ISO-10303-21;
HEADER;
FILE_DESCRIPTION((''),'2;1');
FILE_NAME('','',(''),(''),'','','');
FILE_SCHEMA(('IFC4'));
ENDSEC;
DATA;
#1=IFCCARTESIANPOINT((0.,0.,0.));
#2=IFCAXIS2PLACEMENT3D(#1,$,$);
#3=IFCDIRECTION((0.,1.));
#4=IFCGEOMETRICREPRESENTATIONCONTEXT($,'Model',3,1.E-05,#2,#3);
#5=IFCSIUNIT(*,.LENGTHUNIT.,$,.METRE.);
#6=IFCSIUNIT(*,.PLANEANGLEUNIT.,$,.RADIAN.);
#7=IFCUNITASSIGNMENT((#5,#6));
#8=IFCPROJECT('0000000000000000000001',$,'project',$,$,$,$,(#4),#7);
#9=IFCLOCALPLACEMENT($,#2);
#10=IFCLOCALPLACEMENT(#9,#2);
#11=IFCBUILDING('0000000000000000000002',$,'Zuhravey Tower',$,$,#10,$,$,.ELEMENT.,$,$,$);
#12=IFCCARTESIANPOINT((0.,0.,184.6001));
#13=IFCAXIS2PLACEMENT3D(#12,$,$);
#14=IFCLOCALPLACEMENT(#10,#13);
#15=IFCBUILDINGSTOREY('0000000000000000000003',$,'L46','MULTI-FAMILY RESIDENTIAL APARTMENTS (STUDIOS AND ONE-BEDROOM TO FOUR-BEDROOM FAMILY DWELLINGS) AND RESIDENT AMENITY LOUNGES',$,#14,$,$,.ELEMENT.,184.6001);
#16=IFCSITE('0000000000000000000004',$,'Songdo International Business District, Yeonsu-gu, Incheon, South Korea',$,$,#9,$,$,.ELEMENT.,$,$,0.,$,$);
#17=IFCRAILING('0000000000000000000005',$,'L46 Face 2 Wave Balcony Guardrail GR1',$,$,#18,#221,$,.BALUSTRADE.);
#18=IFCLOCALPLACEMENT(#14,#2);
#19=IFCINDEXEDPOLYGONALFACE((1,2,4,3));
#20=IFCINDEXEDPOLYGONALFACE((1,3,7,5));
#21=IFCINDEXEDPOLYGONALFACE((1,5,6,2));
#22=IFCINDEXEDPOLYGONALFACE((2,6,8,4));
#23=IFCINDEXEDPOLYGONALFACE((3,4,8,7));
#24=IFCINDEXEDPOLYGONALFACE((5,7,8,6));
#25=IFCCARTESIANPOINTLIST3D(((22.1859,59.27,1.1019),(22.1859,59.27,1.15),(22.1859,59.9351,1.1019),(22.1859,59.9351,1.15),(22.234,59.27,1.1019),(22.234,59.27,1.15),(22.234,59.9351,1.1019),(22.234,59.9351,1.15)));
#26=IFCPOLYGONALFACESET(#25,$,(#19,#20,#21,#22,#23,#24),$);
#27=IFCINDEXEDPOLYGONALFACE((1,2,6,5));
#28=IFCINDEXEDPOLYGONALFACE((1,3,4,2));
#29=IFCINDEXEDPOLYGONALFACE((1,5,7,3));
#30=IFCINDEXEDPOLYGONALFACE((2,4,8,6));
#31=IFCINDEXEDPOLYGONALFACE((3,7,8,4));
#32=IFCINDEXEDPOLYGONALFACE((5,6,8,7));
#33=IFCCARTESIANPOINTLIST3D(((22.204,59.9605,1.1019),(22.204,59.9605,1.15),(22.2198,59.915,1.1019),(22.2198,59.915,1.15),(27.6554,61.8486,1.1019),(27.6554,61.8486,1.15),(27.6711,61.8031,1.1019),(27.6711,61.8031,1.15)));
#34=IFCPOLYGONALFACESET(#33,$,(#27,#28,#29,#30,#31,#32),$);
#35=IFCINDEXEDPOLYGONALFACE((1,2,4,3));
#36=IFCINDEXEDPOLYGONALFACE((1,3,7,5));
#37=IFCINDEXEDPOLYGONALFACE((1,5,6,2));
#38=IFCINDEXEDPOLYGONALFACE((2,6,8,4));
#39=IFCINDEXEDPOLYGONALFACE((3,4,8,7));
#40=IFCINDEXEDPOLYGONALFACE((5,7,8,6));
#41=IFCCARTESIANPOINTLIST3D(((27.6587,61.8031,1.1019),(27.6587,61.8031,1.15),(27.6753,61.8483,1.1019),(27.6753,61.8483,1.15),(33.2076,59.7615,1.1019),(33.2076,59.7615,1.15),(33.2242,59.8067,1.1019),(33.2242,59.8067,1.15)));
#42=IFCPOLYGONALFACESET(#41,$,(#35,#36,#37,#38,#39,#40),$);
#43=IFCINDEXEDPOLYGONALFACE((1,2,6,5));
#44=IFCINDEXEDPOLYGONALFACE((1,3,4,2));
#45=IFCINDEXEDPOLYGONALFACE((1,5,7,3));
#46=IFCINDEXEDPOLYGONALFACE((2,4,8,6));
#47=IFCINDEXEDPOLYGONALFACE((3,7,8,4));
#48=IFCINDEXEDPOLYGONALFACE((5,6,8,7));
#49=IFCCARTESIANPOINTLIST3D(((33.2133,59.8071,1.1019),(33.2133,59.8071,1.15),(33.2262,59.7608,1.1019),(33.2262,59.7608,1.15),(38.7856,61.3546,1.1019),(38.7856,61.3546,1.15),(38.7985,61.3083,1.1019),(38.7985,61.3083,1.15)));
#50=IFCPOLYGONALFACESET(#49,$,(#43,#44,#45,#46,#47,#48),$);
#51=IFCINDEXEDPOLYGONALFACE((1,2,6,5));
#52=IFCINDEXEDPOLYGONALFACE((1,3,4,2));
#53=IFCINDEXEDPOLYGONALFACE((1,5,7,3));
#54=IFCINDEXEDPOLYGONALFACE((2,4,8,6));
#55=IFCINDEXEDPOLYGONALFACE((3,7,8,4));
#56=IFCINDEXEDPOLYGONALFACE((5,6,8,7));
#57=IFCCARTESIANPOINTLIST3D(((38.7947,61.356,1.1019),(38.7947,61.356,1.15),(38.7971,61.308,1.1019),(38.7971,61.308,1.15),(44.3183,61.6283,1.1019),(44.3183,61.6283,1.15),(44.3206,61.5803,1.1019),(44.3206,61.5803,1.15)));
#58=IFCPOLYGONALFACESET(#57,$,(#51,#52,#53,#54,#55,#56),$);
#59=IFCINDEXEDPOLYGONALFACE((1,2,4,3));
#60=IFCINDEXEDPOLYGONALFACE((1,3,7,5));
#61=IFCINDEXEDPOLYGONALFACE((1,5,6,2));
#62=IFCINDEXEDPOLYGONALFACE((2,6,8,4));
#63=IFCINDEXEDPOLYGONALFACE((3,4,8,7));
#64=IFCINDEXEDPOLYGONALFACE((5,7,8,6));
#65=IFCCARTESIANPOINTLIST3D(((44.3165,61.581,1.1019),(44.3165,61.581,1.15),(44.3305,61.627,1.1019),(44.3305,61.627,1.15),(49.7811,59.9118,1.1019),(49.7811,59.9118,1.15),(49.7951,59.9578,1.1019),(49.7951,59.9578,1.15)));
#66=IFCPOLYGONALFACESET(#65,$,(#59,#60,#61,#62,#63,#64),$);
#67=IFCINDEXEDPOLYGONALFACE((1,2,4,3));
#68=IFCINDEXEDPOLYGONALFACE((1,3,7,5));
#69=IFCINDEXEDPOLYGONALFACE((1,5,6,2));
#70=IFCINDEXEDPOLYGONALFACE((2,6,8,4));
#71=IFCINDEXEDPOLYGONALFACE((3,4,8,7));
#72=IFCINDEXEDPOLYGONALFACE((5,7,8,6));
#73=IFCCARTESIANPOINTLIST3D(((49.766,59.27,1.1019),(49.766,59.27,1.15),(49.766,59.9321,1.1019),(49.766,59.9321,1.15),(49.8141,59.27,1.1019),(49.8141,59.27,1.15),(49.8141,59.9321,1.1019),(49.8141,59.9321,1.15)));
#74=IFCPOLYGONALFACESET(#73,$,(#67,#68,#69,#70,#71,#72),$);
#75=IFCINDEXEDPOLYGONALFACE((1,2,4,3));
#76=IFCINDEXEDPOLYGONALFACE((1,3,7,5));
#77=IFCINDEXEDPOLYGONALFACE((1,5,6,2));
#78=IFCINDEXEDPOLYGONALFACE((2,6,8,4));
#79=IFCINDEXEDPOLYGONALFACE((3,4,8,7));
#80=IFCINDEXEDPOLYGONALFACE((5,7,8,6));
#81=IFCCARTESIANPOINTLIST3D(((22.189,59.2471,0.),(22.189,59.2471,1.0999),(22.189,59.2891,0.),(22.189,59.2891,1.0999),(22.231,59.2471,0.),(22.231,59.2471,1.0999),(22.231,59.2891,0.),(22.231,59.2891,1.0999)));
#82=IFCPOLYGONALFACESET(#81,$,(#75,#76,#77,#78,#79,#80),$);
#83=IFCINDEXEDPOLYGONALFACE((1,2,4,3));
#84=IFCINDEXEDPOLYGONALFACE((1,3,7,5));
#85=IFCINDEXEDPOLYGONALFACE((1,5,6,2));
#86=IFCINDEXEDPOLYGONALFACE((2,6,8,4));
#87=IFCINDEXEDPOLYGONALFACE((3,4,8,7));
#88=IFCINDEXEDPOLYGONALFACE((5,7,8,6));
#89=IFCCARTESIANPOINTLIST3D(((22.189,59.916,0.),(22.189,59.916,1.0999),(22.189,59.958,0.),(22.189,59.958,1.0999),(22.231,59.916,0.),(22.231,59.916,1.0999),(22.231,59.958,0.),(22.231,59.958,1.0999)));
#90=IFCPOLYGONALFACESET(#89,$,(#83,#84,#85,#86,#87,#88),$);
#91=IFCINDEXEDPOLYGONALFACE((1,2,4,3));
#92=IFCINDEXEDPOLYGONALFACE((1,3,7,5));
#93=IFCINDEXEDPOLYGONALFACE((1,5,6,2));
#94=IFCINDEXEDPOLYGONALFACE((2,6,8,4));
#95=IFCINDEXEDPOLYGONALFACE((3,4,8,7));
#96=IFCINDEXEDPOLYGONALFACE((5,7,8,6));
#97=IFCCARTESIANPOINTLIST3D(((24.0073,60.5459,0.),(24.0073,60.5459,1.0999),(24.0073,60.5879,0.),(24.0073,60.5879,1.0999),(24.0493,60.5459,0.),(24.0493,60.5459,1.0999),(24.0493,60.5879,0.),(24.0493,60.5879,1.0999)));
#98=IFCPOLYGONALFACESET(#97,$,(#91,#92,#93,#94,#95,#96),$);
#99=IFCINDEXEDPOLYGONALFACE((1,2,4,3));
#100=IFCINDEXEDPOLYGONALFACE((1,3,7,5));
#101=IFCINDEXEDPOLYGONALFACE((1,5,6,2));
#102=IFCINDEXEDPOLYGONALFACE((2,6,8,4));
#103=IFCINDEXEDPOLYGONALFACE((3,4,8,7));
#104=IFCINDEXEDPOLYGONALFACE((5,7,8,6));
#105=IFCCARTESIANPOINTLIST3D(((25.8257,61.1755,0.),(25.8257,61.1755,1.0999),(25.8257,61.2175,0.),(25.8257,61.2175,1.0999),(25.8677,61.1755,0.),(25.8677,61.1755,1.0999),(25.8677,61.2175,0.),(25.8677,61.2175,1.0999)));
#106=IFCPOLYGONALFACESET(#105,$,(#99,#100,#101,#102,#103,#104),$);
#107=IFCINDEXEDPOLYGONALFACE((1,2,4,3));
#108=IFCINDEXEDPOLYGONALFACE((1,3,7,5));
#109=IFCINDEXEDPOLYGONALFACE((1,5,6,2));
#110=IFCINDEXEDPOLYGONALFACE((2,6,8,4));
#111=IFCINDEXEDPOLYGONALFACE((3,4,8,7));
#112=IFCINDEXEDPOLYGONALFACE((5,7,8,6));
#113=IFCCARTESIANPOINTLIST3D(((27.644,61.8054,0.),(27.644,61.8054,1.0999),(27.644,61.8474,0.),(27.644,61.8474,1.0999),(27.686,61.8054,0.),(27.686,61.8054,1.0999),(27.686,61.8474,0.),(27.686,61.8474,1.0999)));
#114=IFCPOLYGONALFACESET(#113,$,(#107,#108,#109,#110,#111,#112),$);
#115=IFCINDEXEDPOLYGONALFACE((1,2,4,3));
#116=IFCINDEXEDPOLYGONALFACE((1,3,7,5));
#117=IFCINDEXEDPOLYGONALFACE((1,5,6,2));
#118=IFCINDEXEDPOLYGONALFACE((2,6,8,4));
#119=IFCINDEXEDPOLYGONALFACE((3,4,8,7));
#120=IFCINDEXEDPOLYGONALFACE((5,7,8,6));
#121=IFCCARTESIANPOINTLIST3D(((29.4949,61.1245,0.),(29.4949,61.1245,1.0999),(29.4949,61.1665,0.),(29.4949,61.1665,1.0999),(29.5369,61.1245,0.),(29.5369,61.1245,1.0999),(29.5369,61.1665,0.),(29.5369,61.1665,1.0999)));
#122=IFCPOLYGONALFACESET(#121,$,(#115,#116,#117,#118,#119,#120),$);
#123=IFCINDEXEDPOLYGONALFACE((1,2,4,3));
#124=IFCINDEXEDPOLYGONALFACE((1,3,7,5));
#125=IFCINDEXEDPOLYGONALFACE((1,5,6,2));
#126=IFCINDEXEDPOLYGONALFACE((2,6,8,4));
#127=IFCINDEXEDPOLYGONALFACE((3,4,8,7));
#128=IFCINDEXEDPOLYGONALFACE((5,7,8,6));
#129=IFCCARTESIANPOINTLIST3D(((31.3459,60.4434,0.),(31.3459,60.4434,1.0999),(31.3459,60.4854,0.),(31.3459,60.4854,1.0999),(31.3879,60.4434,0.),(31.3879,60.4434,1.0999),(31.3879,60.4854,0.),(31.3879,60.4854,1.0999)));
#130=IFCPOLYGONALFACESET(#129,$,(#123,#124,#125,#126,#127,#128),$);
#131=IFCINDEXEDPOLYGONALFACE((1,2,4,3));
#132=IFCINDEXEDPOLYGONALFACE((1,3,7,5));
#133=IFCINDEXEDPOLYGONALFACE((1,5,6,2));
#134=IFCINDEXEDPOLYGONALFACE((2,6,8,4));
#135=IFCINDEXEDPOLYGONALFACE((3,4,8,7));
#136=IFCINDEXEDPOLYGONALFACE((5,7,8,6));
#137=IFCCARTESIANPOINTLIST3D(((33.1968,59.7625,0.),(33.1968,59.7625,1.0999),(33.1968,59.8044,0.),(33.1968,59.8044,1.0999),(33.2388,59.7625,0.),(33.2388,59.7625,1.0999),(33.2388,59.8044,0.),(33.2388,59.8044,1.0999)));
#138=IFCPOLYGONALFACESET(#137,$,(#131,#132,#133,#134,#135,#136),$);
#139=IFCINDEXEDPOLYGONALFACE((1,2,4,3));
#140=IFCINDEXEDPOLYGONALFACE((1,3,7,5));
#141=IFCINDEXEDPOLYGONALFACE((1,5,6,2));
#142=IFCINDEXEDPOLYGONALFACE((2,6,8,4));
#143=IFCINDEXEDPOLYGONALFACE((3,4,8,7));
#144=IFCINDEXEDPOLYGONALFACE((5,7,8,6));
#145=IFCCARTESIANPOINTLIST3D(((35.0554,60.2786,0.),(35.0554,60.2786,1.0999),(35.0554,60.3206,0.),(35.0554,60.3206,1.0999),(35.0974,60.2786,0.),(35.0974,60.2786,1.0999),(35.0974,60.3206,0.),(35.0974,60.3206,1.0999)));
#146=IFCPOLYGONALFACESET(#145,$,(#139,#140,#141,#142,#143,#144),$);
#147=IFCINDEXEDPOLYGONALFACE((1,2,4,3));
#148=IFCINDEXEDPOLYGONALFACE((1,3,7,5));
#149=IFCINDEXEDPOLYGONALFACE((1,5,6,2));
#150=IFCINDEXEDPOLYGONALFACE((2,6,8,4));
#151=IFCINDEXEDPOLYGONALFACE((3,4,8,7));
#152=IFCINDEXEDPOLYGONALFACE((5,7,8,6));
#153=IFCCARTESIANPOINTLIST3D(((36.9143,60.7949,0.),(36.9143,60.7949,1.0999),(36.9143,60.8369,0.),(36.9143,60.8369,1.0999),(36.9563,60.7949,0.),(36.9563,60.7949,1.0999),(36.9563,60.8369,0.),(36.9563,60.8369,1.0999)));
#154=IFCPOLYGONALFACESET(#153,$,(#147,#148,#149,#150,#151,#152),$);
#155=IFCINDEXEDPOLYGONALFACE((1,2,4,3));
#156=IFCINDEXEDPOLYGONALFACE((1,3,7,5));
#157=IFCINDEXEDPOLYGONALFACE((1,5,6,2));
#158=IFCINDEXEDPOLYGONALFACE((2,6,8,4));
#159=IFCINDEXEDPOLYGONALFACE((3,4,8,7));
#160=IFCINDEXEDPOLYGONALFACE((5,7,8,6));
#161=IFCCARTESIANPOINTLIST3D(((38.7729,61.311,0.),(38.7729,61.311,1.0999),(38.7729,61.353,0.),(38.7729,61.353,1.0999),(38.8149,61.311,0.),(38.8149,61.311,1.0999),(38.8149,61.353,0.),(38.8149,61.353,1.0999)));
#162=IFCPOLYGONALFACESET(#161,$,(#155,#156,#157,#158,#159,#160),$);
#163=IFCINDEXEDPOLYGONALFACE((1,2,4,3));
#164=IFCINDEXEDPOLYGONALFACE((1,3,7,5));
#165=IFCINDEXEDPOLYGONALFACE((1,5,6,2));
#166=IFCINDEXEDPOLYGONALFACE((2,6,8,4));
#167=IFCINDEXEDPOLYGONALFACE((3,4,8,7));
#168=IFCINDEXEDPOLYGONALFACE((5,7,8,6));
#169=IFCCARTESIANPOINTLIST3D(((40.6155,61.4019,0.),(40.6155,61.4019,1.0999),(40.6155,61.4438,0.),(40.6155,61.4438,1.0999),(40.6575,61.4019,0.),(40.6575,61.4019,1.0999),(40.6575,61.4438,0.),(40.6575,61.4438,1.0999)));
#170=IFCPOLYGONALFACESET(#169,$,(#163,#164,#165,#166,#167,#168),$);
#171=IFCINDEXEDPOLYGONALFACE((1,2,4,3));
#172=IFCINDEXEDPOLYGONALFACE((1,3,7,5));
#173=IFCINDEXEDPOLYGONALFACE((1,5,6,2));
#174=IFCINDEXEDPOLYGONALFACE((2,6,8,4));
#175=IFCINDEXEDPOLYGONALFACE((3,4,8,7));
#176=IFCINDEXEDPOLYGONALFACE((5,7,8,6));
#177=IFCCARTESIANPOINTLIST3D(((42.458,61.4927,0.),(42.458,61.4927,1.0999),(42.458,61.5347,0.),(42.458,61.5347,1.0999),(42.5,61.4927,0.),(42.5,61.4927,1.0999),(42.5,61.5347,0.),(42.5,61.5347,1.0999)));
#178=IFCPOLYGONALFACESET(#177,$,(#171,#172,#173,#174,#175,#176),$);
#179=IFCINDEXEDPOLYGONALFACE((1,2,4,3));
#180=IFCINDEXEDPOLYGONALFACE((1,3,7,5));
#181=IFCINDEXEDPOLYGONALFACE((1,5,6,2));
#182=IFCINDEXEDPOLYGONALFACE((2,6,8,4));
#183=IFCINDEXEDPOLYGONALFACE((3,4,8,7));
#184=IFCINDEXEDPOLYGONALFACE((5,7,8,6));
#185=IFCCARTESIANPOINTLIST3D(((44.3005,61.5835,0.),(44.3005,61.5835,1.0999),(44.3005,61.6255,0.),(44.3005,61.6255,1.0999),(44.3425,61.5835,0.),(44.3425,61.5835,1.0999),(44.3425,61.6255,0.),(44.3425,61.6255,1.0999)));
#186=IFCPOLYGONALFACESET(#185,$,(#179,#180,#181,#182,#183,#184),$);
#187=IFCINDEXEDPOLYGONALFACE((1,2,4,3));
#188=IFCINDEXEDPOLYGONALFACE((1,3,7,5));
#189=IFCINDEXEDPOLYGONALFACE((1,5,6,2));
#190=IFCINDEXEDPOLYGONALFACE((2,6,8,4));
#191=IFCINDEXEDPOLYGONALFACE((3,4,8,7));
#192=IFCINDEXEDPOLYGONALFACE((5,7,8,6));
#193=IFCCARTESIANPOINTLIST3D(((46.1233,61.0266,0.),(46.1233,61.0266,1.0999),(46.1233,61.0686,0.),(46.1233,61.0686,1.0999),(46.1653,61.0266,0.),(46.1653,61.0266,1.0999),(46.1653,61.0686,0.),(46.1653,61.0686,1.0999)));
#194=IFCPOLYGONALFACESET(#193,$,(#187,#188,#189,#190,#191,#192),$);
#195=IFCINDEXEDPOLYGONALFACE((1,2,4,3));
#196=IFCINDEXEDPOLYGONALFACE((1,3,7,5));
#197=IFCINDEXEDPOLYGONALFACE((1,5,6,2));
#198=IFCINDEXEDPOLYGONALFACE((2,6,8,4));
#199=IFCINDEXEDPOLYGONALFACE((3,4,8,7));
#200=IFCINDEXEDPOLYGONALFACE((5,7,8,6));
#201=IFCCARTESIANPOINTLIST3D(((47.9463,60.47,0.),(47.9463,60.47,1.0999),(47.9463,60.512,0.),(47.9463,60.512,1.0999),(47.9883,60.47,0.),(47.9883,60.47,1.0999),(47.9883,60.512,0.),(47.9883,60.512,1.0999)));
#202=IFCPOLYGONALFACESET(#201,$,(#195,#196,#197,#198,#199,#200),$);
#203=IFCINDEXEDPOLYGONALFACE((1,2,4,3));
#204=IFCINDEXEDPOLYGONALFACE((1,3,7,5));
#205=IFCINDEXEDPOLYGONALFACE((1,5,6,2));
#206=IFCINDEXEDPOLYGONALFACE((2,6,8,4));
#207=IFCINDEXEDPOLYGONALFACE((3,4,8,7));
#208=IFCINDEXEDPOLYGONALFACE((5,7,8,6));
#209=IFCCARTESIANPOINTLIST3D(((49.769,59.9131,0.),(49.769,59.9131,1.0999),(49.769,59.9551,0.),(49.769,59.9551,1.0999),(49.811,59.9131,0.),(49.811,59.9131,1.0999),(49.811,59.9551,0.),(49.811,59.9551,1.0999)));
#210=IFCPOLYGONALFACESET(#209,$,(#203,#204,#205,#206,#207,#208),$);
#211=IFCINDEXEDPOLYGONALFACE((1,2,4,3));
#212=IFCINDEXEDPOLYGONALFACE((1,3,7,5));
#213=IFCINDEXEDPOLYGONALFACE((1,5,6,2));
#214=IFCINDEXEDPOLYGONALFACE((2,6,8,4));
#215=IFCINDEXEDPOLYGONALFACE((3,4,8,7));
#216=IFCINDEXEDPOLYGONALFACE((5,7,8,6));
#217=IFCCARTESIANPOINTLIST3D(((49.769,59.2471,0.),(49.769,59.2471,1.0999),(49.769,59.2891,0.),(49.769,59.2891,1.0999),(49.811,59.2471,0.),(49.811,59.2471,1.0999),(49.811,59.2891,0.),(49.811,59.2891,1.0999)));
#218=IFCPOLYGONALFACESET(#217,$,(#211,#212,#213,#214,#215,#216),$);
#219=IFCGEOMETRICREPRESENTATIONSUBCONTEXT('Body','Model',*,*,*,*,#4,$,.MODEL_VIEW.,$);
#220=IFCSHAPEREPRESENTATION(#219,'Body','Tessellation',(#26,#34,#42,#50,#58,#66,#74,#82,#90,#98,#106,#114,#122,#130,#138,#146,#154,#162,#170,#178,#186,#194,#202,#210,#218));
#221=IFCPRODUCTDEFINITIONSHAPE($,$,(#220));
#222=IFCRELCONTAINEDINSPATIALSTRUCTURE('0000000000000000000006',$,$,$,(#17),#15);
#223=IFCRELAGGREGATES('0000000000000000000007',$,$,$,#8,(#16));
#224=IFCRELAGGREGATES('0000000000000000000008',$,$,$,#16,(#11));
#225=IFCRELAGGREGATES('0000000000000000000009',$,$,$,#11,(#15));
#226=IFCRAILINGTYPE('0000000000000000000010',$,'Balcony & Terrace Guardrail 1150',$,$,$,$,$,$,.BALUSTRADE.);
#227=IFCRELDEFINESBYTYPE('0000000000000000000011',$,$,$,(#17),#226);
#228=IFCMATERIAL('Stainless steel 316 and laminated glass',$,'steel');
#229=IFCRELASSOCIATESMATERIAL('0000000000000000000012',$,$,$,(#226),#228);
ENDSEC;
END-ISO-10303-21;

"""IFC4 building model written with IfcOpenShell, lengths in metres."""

from ifc_helpers import new_model, si_unit, direction, frame, origin, origin_2d, place, context, subcontext, project, spatial, rectangle, extrude, material, type_object, element, save


model = new_model("IFC4")

# Units and contexts
model_context = context("Model", 3, precision=1e-05, world=origin(), true_north=direction((0.0, 1.0)))
body_context = subcontext(model_context, "Body", "Model", "MODEL_VIEW")
ifc_project = project(units=[si_unit("LENGTHUNIT", "METRE"), si_unit("PLANEANGLEUNIT", "RADIAN")], contexts=[model_context])

# Site, building, storey
site_placement = place(None, origin())
site = spatial("IfcSite", under=ifc_project, at=site_placement, Name="Songdo International Business District, Yeonsu-gu, Incheon, South Korea", CompositionType="ELEMENT", RefElevation=0.0)
building_placement = place(site_placement, origin())
building = spatial("IfcBuilding", under=site, at=building_placement, Name="Zuhravey Tower", CompositionType="ELEMENT")
storey_placement = place(building_placement, frame((0.0, 0.0, 184.6001)))
storey = spatial("IfcBuildingStorey", under=building, at=storey_placement, Name="L46", Description="MULTI-FAMILY RESIDENTIAL APARTMENTS (STUDIOS AND ONE-BEDROOM TO FOUR-BEDROOM FAMILY DWELLINGS) AND RESIDENT AMENITY LOUNGES", CompositionType="ELEMENT", Elevation=184.6001)

# Railing
ifc_material_1 = material(Name="Stainless steel 316 and laminated glass", Category="steel")
railing_type = type_object("IfcRailingType", Name="Balcony & Terrace Guardrail 1150", PredefinedType="BALUSTRADE", material=ifc_material_1)
railing_placement = place(storey_placement, frame((22.21, 59.2681, 0.0)))
element("IfcRailing", 1, at=railing_placement, inside=storey, type_object=railing_type, Name="L46 Face 2 Wave Balcony Guardrail GR1", PredefinedType="BALUSTRADE", context=body_context, shape_type="SweptSolid", body=[
    extrude(rectangle(XDim=0.0481, YDim=0.0481, at=origin_2d()), frame((0.0, 0.002, 1.126), z_axis=(0.0, 1.0, 0.0), x_axis=(-1.0, 0.0, 0.0)), (0.0, 0.0, 1.0), 0.665),
    extrude(rectangle(XDim=0.0481, YDim=0.0481, at=origin_2d()), frame((0.002, 0.6697, 1.126), z_axis=(0.944927, 0.327282, 0.0), x_axis=(-0.327282, 0.944927, 0.0)), (0.0, 0.0, 1.0), 5.769),
    extrude(rectangle(XDim=0.0481, YDim=0.0481, at=origin_2d()), frame((5.457, 2.5576, 1.126), z_axis=(0.938495, -0.345292, 0.0), x_axis=(0.345292, 0.938495, 0.0)), (0.0, 0.0, 1.0), 5.9126),
    extrude(rectangle(XDim=0.0481, YDim=0.0481, at=origin_2d()), frame((11.0098, 0.5159, 1.126), z_axis=(0.963534, 0.267587, 0.0), x_axis=(-0.267587, 0.963534, 0.0)), (0.0, 0.0, 1.0), 5.7832),
    extrude(rectangle(XDim=0.0481, YDim=0.0481, at=origin_2d()), frame((16.5859, 2.064, 1.126), z_axis=(0.998787, 0.049231, 0.0), x_axis=(-0.049231, 0.998787, 0.0)), (0.0, 0.0, 1.0), 5.5303),
    extrude(rectangle(XDim=0.0481, YDim=0.0481, at=origin_2d()), frame((22.1135, 2.3359, 1.126), z_axis=(0.956377, -0.292135, 0.0), x_axis=(0.292135, 0.956377, 0.0)), (0.0, 0.0, 1.0), 5.7139),
    extrude(rectangle(XDim=0.0481, YDim=0.0481, at=origin_2d()), frame((27.5801, 0.6641, 1.126), z_axis=(0.0, -1.0, 0.0), x_axis=(1.0, 0.0, 0.0)), (0.0, 0.0, 1.0), 0.6621),
    extrude(rectangle(XDim=0.042, YDim=0.042, at=origin_2d()), origin(), (0.0, 0.0, 1.0), 1.0999),
    extrude(rectangle(XDim=0.042, YDim=0.042, at=origin_2d()), frame((0.0, 0.6689, 0.0)), (0.0, 0.0, 1.0), 1.0999),
    extrude(rectangle(XDim=0.042, YDim=0.042, at=origin_2d()), frame((1.8184, 1.2988, 0.0)), (0.0, 0.0, 1.0), 1.0999),
    extrude(rectangle(XDim=0.042, YDim=0.042, at=origin_2d()), frame((3.6367, 1.9285, 0.0)), (0.0, 0.0, 1.0), 1.0999),
    extrude(rectangle(XDim=0.042, YDim=0.042, at=origin_2d()), frame((5.4551, 2.5583, 0.0)), (0.0, 0.0, 1.0), 1.0999),
    extrude(rectangle(XDim=0.042, YDim=0.042, at=origin_2d()), frame((7.3059, 1.8774, 0.0)), (0.0, 0.0, 1.0), 1.0999),
    extrude(rectangle(XDim=0.042, YDim=0.042, at=origin_2d()), frame((9.157, 1.1963, 0.0)), (0.0, 0.0, 1.0), 1.0999),
    extrude(rectangle(XDim=0.042, YDim=0.042, at=origin_2d()), frame((11.0078, 0.5154, 0.0)), (0.0, 0.0, 1.0), 1.0999),
    extrude(rectangle(XDim=0.042, YDim=0.042, at=origin_2d()), frame((12.8665, 1.0315, 0.0)), (0.0, 0.0, 1.0), 1.0999),
    extrude(rectangle(XDim=0.042, YDim=0.042, at=origin_2d()), frame((14.7253, 1.5479, 0.0)), (0.0, 0.0, 1.0), 1.0999),
    extrude(rectangle(XDim=0.042, YDim=0.042, at=origin_2d()), frame((16.584, 2.064, 0.0)), (0.0, 0.0, 1.0), 1.0999),
    extrude(rectangle(XDim=0.042, YDim=0.042, at=origin_2d()), frame((18.4265, 2.1548, 0.0)), (0.0, 0.0, 1.0), 1.0999),
    extrude(rectangle(XDim=0.042, YDim=0.042, at=origin_2d()), frame((20.269, 2.2456, 0.0)), (0.0, 0.0, 1.0), 1.0999),
    extrude(rectangle(XDim=0.042, YDim=0.042, at=origin_2d()), frame((22.1116, 2.3364, 0.0)), (0.0, 0.0, 1.0), 1.0999),
    extrude(rectangle(XDim=0.042, YDim=0.042, at=origin_2d()), frame((23.9343, 1.7795, 0.0)), (0.0, 0.0, 1.0), 1.0999),
    extrude(rectangle(XDim=0.042, YDim=0.042, at=origin_2d()), frame((25.7573, 1.2229, 0.0)), (0.0, 0.0, 1.0), 1.0999),
    extrude(rectangle(XDim=0.042, YDim=0.042, at=origin_2d()), frame((27.5801, 0.666, 0.0)), (0.0, 0.0, 1.0), 1.0999),
    extrude(rectangle(XDim=0.042, YDim=0.042, at=origin_2d()), frame((27.5801, 0.0, 0.0)), (0.0, 0.0, 1.0), 1.0999),
])

save(model, "model.ifc")
